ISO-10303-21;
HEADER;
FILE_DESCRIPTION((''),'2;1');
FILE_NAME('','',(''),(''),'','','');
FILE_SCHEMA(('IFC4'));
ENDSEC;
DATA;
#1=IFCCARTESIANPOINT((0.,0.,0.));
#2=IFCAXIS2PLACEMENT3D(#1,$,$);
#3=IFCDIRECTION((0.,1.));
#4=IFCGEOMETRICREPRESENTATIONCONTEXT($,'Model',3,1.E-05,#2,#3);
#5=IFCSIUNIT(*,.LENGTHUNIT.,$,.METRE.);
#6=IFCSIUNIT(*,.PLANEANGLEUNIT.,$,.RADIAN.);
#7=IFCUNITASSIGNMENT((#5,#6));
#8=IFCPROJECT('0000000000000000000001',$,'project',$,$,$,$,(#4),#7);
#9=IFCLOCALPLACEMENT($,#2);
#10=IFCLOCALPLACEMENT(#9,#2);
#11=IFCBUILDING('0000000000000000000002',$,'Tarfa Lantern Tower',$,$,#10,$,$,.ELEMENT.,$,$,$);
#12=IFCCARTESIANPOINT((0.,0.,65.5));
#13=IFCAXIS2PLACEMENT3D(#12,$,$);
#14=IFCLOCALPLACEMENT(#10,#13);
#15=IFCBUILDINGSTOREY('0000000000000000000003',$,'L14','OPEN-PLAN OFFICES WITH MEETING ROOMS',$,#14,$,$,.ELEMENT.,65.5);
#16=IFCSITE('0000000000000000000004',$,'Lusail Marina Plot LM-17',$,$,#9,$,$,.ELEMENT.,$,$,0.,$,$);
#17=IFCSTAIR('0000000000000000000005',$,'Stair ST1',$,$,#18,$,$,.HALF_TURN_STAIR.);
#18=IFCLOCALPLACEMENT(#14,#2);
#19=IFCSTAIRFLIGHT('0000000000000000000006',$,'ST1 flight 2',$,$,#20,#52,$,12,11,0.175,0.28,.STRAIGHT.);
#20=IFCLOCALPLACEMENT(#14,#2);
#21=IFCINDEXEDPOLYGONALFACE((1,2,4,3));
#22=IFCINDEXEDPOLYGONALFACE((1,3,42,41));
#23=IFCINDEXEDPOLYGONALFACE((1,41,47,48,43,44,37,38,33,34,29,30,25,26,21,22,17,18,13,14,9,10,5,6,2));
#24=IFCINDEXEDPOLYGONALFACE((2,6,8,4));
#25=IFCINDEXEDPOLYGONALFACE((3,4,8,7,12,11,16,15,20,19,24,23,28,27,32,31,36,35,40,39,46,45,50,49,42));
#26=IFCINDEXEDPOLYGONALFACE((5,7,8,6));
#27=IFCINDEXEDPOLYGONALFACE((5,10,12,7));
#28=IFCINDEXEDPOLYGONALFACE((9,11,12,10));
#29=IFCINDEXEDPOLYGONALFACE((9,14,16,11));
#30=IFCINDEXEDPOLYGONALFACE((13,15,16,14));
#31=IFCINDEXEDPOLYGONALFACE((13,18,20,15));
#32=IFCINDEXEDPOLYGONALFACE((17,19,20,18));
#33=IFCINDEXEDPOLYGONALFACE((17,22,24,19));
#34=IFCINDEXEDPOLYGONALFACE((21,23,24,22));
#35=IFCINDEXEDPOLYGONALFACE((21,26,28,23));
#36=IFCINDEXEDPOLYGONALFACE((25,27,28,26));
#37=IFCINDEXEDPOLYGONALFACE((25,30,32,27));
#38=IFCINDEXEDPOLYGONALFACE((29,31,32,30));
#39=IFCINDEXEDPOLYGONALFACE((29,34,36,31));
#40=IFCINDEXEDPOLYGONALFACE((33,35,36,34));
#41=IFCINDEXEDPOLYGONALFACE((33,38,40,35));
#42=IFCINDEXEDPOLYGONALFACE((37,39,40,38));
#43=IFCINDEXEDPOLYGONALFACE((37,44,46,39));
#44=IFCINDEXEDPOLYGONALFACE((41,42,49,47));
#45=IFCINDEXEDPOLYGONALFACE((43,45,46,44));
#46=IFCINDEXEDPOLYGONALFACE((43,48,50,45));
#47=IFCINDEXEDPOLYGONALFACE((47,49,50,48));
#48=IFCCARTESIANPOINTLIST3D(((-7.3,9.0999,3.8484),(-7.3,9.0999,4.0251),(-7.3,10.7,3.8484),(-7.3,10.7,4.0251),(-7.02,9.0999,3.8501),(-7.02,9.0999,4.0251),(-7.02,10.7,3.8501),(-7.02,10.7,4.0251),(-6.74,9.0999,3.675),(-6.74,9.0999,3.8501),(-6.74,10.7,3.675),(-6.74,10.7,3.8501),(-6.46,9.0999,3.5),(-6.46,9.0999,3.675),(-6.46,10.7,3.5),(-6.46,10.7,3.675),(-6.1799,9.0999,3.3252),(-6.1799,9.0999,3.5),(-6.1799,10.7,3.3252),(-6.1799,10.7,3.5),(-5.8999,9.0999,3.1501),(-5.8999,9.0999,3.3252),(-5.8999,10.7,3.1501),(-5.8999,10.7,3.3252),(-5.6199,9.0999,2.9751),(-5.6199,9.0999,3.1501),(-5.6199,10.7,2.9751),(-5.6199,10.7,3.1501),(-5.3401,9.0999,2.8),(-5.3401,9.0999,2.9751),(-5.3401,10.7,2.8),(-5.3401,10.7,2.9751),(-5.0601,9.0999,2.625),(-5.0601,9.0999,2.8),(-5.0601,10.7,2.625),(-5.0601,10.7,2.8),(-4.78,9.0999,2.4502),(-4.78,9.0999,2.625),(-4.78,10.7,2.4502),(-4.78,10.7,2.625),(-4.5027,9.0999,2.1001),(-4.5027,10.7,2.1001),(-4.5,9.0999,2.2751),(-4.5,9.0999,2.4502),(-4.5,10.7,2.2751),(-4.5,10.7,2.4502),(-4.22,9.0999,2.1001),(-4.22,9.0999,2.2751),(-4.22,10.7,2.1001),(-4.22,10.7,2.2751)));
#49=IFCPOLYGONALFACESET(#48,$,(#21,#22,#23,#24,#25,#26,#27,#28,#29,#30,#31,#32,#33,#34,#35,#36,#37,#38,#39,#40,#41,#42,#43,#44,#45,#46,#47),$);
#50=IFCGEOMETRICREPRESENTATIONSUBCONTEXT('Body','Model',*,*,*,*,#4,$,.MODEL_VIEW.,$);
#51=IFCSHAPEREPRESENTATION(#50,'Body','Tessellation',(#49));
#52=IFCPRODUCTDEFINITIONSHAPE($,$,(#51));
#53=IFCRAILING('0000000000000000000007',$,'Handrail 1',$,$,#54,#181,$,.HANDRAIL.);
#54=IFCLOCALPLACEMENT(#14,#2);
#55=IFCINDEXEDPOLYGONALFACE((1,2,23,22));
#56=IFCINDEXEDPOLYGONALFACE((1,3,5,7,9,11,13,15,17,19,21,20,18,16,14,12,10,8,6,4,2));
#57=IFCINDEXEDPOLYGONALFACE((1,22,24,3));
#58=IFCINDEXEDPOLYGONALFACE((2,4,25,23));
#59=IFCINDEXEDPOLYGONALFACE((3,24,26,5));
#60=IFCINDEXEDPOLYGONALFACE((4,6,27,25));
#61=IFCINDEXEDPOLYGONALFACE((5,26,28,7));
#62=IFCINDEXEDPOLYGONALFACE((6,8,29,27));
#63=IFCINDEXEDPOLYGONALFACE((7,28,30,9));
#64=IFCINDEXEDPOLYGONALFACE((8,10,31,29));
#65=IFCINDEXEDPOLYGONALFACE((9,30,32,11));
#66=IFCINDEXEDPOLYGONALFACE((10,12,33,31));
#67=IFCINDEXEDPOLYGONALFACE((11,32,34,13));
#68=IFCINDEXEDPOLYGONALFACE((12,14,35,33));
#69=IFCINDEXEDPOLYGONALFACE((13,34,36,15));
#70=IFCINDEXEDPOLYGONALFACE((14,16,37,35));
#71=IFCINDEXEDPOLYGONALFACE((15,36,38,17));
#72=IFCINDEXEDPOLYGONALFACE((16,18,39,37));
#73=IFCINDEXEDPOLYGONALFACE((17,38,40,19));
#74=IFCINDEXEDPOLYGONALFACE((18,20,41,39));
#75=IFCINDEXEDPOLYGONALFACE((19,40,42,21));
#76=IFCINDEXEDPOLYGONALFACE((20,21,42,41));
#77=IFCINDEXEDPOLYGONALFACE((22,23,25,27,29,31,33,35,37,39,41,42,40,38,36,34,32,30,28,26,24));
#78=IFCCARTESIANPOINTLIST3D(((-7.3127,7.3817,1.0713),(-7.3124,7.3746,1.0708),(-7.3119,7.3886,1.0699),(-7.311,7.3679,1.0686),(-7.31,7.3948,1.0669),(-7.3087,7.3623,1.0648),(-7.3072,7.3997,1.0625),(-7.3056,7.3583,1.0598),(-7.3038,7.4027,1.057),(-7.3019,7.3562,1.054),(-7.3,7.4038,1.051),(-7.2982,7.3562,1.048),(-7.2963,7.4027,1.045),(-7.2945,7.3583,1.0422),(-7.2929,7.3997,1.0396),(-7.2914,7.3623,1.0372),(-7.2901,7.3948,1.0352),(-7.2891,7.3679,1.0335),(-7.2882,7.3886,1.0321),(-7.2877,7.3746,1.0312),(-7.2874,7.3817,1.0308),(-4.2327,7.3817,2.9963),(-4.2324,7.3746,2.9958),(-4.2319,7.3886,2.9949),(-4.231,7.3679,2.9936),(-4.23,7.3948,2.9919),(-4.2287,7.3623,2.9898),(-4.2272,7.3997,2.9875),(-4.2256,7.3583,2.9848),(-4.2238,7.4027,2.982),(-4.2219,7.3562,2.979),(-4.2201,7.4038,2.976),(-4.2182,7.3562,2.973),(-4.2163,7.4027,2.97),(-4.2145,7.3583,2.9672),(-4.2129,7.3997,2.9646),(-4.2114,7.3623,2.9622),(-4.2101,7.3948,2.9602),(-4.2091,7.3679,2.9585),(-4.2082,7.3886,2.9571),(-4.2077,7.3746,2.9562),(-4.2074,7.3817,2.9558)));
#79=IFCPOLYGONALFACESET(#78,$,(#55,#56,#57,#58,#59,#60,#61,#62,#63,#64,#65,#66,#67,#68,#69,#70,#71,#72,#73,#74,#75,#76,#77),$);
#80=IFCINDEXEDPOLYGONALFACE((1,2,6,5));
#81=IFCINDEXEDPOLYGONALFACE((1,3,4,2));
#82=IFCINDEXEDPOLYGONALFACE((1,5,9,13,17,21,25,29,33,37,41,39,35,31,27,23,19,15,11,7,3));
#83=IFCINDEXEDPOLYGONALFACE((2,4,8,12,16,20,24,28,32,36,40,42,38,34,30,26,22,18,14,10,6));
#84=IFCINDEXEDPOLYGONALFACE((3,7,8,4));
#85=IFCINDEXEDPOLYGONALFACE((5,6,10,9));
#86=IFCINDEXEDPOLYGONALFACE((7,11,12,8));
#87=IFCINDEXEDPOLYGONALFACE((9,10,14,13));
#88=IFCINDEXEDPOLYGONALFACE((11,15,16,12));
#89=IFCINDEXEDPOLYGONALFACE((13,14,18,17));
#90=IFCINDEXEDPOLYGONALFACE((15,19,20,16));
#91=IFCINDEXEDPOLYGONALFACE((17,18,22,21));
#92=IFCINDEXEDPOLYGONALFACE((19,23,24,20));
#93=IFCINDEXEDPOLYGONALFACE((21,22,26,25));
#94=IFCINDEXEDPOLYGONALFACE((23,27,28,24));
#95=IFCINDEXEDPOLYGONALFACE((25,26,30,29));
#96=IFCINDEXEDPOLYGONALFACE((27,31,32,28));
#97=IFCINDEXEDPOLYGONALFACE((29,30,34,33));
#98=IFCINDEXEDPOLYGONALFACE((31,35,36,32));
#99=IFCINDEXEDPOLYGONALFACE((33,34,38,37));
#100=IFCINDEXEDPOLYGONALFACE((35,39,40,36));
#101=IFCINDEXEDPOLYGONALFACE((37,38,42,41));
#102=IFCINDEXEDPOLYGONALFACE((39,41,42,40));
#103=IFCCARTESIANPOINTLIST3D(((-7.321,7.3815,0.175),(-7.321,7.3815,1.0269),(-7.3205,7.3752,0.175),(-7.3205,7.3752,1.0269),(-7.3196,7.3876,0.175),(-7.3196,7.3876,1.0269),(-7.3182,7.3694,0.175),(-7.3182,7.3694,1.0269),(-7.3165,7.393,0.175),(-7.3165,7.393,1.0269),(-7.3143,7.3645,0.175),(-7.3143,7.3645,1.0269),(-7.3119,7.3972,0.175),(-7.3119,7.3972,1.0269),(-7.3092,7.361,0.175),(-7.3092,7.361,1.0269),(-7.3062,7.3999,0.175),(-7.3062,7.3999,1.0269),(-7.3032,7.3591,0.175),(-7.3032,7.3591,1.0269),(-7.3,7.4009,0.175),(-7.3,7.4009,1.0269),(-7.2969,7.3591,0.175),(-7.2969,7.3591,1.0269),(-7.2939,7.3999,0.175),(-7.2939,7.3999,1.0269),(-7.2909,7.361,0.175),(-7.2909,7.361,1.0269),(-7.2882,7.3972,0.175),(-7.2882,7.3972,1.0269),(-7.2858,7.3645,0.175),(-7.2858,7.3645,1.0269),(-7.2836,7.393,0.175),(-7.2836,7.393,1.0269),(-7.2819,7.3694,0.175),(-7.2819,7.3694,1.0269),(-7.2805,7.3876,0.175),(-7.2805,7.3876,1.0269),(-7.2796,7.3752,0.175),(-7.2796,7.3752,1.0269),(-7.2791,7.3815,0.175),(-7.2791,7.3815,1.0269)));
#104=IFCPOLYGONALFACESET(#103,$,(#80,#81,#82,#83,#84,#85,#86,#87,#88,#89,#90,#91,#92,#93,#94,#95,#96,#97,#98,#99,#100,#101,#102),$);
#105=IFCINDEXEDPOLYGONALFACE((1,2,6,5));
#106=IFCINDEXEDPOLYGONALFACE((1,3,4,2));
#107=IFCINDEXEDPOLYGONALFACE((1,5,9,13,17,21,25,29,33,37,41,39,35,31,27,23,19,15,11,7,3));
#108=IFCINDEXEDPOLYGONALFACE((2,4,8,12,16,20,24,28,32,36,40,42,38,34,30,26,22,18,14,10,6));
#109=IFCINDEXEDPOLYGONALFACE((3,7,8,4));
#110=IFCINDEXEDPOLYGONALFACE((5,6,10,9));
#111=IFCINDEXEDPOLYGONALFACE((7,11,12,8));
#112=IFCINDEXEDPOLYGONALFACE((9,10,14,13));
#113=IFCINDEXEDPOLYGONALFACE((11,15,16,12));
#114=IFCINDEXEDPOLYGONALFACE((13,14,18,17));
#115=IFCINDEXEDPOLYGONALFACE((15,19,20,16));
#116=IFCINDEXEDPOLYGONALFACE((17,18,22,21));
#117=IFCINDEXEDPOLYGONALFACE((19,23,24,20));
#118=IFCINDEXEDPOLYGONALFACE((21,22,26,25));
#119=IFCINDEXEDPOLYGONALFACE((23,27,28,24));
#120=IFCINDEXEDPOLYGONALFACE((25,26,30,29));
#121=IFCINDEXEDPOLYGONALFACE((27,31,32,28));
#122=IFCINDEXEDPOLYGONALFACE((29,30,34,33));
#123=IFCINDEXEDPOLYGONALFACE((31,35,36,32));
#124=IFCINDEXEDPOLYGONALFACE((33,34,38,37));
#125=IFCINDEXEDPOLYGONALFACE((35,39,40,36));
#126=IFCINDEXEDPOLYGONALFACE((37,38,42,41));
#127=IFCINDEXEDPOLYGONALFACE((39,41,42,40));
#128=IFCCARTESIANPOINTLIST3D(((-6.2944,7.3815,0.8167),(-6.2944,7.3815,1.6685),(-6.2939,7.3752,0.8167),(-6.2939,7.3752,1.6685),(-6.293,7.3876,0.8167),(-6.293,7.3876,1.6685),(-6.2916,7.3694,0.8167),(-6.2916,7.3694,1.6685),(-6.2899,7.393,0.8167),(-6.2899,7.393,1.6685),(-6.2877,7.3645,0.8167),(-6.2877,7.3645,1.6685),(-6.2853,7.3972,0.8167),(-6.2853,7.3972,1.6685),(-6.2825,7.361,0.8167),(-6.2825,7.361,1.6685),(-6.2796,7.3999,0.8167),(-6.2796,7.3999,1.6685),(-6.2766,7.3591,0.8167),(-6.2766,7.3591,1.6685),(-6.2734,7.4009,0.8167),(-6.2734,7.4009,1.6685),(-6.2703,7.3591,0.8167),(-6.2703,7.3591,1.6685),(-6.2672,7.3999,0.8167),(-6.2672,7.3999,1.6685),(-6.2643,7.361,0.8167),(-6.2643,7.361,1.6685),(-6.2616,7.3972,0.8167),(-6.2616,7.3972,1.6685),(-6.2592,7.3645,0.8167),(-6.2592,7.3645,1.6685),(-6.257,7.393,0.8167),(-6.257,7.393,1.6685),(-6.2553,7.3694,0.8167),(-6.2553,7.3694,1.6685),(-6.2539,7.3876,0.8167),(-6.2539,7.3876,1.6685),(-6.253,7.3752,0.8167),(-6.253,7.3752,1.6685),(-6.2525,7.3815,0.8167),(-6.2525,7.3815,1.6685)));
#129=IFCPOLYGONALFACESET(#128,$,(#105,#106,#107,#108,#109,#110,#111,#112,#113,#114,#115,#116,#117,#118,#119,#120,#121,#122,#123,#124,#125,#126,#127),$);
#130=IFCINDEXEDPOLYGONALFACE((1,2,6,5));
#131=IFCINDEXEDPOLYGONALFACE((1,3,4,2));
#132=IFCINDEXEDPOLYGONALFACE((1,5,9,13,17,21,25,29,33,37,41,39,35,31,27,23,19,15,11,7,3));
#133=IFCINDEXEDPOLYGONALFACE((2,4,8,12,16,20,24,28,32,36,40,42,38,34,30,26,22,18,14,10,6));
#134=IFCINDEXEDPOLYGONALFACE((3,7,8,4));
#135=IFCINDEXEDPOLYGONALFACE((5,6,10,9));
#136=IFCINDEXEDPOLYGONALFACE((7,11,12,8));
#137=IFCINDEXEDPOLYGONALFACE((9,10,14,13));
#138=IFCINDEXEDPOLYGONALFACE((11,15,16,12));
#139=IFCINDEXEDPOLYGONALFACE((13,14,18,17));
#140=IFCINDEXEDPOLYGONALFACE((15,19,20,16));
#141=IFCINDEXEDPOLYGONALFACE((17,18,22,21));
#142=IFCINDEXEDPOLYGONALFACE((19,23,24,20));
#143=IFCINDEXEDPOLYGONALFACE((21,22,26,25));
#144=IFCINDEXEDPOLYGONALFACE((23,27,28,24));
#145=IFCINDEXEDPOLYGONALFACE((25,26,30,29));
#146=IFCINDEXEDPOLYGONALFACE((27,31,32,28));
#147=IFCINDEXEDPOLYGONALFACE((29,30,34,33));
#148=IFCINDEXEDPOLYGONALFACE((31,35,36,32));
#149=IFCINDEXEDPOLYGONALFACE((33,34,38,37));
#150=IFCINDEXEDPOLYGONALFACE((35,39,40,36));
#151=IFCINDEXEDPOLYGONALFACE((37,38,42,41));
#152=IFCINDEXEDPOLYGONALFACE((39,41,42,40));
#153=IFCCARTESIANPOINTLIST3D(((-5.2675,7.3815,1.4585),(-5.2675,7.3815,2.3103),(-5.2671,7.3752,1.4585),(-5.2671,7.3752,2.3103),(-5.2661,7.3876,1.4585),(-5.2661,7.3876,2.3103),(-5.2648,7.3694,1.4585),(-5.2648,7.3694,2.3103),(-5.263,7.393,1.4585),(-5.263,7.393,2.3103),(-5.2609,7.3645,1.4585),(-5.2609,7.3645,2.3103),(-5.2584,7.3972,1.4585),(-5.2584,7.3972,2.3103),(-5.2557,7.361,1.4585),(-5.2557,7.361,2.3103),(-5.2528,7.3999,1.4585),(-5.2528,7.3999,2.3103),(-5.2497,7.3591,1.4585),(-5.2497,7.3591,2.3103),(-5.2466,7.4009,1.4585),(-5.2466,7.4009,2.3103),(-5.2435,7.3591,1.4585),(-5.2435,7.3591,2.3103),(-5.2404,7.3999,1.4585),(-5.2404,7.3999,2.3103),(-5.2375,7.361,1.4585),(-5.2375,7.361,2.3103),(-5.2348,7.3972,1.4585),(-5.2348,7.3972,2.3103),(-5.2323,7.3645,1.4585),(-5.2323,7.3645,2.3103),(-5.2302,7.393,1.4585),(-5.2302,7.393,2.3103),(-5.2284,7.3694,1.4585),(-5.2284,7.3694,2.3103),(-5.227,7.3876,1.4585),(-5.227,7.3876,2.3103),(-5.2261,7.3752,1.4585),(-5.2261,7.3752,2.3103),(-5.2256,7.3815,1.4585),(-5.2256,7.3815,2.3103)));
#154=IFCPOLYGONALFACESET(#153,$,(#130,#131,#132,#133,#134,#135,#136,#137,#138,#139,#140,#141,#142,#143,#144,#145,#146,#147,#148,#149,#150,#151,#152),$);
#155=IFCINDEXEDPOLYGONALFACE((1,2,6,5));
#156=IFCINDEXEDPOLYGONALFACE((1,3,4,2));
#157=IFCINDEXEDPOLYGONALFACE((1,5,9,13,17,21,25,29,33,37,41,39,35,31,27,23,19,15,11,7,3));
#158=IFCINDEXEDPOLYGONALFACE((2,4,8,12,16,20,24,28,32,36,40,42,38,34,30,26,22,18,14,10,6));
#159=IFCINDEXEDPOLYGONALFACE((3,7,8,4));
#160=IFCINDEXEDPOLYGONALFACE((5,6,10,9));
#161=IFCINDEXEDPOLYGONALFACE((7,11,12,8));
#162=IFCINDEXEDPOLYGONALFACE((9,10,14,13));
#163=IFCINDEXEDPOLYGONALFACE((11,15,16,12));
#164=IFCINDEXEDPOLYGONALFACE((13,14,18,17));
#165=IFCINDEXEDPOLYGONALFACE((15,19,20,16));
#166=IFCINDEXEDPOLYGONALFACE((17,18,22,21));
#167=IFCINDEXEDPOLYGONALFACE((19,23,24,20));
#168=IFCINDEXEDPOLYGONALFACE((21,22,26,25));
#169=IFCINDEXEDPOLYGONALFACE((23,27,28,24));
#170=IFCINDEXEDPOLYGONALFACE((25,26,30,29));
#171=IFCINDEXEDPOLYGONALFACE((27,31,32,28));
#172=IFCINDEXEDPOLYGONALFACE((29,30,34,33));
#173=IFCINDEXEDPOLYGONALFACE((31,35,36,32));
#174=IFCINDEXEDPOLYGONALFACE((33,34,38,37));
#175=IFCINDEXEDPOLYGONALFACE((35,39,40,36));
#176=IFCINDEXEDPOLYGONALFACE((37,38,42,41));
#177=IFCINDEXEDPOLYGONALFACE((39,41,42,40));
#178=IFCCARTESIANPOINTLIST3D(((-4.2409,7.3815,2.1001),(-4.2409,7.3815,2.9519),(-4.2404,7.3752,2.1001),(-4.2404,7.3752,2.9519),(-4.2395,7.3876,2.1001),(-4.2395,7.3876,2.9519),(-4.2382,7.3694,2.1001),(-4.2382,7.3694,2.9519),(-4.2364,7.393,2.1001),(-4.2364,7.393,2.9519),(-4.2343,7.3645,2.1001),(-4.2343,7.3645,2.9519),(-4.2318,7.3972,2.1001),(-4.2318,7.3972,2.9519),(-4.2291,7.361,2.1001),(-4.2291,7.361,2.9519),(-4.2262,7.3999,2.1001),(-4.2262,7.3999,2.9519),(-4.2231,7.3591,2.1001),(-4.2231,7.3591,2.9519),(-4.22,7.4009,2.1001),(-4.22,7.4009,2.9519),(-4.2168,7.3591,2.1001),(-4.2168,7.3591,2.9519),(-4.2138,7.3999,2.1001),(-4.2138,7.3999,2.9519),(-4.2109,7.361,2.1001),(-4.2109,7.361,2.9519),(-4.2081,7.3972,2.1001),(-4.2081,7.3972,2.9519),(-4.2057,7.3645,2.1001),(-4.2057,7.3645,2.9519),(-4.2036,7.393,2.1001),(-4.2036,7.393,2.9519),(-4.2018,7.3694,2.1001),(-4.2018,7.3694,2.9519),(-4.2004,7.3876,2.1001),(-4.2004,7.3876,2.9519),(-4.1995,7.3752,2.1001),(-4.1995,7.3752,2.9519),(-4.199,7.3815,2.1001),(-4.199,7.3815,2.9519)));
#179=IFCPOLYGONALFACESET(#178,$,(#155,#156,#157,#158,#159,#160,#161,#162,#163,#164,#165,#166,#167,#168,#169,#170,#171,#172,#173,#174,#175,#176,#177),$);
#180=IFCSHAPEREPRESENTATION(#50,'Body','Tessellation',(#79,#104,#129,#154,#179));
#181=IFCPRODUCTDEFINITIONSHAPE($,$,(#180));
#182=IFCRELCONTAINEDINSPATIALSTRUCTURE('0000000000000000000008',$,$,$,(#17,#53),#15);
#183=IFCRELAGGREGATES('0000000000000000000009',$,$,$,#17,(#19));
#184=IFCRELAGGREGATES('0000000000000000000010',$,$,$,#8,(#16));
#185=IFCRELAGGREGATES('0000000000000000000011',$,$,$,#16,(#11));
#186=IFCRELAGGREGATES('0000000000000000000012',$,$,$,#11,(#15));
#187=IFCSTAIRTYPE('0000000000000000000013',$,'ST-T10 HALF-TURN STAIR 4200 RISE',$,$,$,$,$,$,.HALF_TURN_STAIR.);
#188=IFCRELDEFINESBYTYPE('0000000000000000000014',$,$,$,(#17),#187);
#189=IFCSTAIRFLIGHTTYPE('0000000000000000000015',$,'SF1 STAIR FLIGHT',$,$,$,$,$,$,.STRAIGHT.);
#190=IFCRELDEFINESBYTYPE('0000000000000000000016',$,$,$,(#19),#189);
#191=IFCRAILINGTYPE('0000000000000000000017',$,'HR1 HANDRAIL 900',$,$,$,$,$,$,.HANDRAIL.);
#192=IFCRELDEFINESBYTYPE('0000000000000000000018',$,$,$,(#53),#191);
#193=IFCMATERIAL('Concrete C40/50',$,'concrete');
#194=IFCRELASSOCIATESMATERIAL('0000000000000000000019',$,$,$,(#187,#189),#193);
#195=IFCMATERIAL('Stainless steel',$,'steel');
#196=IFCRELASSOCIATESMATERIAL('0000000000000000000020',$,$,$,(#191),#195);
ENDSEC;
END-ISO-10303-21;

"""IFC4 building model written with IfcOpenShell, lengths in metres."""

from ifc_helpers import new_model, si_unit, direction, frame, origin, origin_2d, place, context, subcontext, project, spatial, polyline, circle, outline, extrude, material, type_object, element, aggregate, save


model = new_model("IFC4")

# Units and contexts
model_context = context("Model", 3, precision=1e-05, world=origin(), true_north=direction((0.0, 1.0)))
body_context = subcontext(model_context, "Body", "Model", "MODEL_VIEW")
ifc_project = project(units=[si_unit("LENGTHUNIT", "METRE"), si_unit("PLANEANGLEUNIT", "RADIAN")], contexts=[model_context])

# Site, building, storey
site_placement = place(None, origin())
site = spatial("IfcSite", under=ifc_project, at=site_placement, Name="Lusail Marina Plot LM-17", CompositionType="ELEMENT", RefElevation=0.0)
building_placement = place(site_placement, origin())
building = spatial("IfcBuilding", under=site, at=building_placement, Name="Tarfa Lantern Tower", CompositionType="ELEMENT")
storey_placement = place(building_placement, frame((0.0, 0.0, 65.5)))
storey = spatial("IfcBuildingStorey", under=building, at=storey_placement, Name="L14", Description="OPEN-PLAN OFFICES WITH MEETING ROOMS", CompositionType="ELEMENT", Elevation=65.5)

# Stair, stair flight
ifc_material_1 = material(Name="Concrete C40/50", Category="concrete")
stair_type = type_object("IfcStairType", Name="ST-T10 HALF-TURN STAIR 4200 RISE", PredefinedType="HALF_TURN_STAIR", material=ifc_material_1)
stair_placement = place(storey_placement, origin())
stair = element("IfcStair", 1, at=stair_placement, inside=storey, type_object=stair_type, Name="Stair ST1", PredefinedType="HALF_TURN_STAIR")
stair_flight_type = type_object("IfcStairFlightType", Name="SF1 STAIR FLIGHT", PredefinedType="STRAIGHT", material=ifc_material_1)
stair_flight_1_placement = place(storey_placement, frame((-4.22, 9.8999, 2.1001), z_axis=(0.0, 0.0, 1.0), x_axis=(-1.0, 0.0, 0.0)))
stair_flight_1 = element("IfcStairFlight", 2, at=stair_flight_1_placement, type_object=stair_flight_type, Name="ST1 flight 2", NumberOfRisers=12, NumberOfTreads=11, PredefinedType="STRAIGHT", RiserHeight=0.175, TreadLength=0.28, context=body_context, shape_type="SweptSolid", body=[
    extrude(outline(polyline([(0.0, 0.0), (0.0, 0.175), (0.28, 0.175), (0.28, 0.3501), (0.5601, 0.3501), (0.5601, 0.5249), (0.8401, 0.5249), (0.8401, 0.7), (1.1201, 0.7), (1.1201, 0.875), (1.3999, 0.875), (1.3999, 1.05), (1.6799, 1.05), (1.6799, 1.2251), (1.96, 1.2251), (1.96, 1.3999), (2.24, 1.3999), (2.24, 1.575), (2.52, 1.575), (2.52, 1.75), (2.8, 1.75), (2.8, 1.925), (3.0801, 1.925), (3.0801, 2.1001), (3.0801, 1.7483), (0.2827, 0.0), (0.0, 0.0)])), frame((0.0, 0.8, 0.0), z_axis=(0.0, -1.0, 0.0), x_axis=(1.0, 0.0, 0.0)), (0.0, 0.0, 1.0), 1.6001),
])
aggregate(stair, [stair_flight_1])

# Railing
ifc_material_2 = material(Name="Stainless steel", Category="steel")
railing_type = type_object("IfcRailingType", Name="HR1 HANDRAIL 900", PredefinedType="HANDRAIL", material=ifc_material_2)
railing_1_placement = place(storey_placement, frame((-7.3, 7.3799, 0.175)))
element("IfcRailing", 3, at=railing_1_placement, inside=storey, type_object=railing_type, Name="Handrail 1", PredefinedType="HANDRAIL", context=body_context, shape_type="SweptSolid", body=[
    extrude(circle(Radius=0.0239, at=origin_2d()), frame((0.0, 0.0, 0.876), z_axis=(0.847998, 0.0, 0.529999), x_axis=(0.0, 1.0, 0.0)), (0.0, 0.0, 1.0), 3.6321),
    extrude(circle(Radius=0.021, at=origin_2d()), frame((0.0, 0.0, 0.0), z_axis=(0.0, 0.0, 1.0), x_axis=(0.0, 1.0, 0.0)), (0.0, 0.0, 1.0), 0.8518),
    extrude(circle(Radius=0.021, at=origin_2d()), frame((1.0266, 0.0, 0.6416), z_axis=(0.0, 0.0, 1.0), x_axis=(0.0, 1.0, 0.0)), (0.0, 0.0, 1.0), 0.8518),
    extrude(circle(Radius=0.021, at=origin_2d()), frame((2.0535, 0.0, 1.2834), z_axis=(0.0, 0.0, 1.0), x_axis=(0.0, 1.0, 0.0)), (0.0, 0.0, 1.0), 0.8518),
    extrude(circle(Radius=0.021, at=origin_2d()), frame((3.0801, 0.0, 1.925), z_axis=(0.0, 0.0, 1.0), x_axis=(0.0, 1.0, 0.0)), (0.0, 0.0, 1.0), 0.8518),
])

save(model, "model.ifc")
